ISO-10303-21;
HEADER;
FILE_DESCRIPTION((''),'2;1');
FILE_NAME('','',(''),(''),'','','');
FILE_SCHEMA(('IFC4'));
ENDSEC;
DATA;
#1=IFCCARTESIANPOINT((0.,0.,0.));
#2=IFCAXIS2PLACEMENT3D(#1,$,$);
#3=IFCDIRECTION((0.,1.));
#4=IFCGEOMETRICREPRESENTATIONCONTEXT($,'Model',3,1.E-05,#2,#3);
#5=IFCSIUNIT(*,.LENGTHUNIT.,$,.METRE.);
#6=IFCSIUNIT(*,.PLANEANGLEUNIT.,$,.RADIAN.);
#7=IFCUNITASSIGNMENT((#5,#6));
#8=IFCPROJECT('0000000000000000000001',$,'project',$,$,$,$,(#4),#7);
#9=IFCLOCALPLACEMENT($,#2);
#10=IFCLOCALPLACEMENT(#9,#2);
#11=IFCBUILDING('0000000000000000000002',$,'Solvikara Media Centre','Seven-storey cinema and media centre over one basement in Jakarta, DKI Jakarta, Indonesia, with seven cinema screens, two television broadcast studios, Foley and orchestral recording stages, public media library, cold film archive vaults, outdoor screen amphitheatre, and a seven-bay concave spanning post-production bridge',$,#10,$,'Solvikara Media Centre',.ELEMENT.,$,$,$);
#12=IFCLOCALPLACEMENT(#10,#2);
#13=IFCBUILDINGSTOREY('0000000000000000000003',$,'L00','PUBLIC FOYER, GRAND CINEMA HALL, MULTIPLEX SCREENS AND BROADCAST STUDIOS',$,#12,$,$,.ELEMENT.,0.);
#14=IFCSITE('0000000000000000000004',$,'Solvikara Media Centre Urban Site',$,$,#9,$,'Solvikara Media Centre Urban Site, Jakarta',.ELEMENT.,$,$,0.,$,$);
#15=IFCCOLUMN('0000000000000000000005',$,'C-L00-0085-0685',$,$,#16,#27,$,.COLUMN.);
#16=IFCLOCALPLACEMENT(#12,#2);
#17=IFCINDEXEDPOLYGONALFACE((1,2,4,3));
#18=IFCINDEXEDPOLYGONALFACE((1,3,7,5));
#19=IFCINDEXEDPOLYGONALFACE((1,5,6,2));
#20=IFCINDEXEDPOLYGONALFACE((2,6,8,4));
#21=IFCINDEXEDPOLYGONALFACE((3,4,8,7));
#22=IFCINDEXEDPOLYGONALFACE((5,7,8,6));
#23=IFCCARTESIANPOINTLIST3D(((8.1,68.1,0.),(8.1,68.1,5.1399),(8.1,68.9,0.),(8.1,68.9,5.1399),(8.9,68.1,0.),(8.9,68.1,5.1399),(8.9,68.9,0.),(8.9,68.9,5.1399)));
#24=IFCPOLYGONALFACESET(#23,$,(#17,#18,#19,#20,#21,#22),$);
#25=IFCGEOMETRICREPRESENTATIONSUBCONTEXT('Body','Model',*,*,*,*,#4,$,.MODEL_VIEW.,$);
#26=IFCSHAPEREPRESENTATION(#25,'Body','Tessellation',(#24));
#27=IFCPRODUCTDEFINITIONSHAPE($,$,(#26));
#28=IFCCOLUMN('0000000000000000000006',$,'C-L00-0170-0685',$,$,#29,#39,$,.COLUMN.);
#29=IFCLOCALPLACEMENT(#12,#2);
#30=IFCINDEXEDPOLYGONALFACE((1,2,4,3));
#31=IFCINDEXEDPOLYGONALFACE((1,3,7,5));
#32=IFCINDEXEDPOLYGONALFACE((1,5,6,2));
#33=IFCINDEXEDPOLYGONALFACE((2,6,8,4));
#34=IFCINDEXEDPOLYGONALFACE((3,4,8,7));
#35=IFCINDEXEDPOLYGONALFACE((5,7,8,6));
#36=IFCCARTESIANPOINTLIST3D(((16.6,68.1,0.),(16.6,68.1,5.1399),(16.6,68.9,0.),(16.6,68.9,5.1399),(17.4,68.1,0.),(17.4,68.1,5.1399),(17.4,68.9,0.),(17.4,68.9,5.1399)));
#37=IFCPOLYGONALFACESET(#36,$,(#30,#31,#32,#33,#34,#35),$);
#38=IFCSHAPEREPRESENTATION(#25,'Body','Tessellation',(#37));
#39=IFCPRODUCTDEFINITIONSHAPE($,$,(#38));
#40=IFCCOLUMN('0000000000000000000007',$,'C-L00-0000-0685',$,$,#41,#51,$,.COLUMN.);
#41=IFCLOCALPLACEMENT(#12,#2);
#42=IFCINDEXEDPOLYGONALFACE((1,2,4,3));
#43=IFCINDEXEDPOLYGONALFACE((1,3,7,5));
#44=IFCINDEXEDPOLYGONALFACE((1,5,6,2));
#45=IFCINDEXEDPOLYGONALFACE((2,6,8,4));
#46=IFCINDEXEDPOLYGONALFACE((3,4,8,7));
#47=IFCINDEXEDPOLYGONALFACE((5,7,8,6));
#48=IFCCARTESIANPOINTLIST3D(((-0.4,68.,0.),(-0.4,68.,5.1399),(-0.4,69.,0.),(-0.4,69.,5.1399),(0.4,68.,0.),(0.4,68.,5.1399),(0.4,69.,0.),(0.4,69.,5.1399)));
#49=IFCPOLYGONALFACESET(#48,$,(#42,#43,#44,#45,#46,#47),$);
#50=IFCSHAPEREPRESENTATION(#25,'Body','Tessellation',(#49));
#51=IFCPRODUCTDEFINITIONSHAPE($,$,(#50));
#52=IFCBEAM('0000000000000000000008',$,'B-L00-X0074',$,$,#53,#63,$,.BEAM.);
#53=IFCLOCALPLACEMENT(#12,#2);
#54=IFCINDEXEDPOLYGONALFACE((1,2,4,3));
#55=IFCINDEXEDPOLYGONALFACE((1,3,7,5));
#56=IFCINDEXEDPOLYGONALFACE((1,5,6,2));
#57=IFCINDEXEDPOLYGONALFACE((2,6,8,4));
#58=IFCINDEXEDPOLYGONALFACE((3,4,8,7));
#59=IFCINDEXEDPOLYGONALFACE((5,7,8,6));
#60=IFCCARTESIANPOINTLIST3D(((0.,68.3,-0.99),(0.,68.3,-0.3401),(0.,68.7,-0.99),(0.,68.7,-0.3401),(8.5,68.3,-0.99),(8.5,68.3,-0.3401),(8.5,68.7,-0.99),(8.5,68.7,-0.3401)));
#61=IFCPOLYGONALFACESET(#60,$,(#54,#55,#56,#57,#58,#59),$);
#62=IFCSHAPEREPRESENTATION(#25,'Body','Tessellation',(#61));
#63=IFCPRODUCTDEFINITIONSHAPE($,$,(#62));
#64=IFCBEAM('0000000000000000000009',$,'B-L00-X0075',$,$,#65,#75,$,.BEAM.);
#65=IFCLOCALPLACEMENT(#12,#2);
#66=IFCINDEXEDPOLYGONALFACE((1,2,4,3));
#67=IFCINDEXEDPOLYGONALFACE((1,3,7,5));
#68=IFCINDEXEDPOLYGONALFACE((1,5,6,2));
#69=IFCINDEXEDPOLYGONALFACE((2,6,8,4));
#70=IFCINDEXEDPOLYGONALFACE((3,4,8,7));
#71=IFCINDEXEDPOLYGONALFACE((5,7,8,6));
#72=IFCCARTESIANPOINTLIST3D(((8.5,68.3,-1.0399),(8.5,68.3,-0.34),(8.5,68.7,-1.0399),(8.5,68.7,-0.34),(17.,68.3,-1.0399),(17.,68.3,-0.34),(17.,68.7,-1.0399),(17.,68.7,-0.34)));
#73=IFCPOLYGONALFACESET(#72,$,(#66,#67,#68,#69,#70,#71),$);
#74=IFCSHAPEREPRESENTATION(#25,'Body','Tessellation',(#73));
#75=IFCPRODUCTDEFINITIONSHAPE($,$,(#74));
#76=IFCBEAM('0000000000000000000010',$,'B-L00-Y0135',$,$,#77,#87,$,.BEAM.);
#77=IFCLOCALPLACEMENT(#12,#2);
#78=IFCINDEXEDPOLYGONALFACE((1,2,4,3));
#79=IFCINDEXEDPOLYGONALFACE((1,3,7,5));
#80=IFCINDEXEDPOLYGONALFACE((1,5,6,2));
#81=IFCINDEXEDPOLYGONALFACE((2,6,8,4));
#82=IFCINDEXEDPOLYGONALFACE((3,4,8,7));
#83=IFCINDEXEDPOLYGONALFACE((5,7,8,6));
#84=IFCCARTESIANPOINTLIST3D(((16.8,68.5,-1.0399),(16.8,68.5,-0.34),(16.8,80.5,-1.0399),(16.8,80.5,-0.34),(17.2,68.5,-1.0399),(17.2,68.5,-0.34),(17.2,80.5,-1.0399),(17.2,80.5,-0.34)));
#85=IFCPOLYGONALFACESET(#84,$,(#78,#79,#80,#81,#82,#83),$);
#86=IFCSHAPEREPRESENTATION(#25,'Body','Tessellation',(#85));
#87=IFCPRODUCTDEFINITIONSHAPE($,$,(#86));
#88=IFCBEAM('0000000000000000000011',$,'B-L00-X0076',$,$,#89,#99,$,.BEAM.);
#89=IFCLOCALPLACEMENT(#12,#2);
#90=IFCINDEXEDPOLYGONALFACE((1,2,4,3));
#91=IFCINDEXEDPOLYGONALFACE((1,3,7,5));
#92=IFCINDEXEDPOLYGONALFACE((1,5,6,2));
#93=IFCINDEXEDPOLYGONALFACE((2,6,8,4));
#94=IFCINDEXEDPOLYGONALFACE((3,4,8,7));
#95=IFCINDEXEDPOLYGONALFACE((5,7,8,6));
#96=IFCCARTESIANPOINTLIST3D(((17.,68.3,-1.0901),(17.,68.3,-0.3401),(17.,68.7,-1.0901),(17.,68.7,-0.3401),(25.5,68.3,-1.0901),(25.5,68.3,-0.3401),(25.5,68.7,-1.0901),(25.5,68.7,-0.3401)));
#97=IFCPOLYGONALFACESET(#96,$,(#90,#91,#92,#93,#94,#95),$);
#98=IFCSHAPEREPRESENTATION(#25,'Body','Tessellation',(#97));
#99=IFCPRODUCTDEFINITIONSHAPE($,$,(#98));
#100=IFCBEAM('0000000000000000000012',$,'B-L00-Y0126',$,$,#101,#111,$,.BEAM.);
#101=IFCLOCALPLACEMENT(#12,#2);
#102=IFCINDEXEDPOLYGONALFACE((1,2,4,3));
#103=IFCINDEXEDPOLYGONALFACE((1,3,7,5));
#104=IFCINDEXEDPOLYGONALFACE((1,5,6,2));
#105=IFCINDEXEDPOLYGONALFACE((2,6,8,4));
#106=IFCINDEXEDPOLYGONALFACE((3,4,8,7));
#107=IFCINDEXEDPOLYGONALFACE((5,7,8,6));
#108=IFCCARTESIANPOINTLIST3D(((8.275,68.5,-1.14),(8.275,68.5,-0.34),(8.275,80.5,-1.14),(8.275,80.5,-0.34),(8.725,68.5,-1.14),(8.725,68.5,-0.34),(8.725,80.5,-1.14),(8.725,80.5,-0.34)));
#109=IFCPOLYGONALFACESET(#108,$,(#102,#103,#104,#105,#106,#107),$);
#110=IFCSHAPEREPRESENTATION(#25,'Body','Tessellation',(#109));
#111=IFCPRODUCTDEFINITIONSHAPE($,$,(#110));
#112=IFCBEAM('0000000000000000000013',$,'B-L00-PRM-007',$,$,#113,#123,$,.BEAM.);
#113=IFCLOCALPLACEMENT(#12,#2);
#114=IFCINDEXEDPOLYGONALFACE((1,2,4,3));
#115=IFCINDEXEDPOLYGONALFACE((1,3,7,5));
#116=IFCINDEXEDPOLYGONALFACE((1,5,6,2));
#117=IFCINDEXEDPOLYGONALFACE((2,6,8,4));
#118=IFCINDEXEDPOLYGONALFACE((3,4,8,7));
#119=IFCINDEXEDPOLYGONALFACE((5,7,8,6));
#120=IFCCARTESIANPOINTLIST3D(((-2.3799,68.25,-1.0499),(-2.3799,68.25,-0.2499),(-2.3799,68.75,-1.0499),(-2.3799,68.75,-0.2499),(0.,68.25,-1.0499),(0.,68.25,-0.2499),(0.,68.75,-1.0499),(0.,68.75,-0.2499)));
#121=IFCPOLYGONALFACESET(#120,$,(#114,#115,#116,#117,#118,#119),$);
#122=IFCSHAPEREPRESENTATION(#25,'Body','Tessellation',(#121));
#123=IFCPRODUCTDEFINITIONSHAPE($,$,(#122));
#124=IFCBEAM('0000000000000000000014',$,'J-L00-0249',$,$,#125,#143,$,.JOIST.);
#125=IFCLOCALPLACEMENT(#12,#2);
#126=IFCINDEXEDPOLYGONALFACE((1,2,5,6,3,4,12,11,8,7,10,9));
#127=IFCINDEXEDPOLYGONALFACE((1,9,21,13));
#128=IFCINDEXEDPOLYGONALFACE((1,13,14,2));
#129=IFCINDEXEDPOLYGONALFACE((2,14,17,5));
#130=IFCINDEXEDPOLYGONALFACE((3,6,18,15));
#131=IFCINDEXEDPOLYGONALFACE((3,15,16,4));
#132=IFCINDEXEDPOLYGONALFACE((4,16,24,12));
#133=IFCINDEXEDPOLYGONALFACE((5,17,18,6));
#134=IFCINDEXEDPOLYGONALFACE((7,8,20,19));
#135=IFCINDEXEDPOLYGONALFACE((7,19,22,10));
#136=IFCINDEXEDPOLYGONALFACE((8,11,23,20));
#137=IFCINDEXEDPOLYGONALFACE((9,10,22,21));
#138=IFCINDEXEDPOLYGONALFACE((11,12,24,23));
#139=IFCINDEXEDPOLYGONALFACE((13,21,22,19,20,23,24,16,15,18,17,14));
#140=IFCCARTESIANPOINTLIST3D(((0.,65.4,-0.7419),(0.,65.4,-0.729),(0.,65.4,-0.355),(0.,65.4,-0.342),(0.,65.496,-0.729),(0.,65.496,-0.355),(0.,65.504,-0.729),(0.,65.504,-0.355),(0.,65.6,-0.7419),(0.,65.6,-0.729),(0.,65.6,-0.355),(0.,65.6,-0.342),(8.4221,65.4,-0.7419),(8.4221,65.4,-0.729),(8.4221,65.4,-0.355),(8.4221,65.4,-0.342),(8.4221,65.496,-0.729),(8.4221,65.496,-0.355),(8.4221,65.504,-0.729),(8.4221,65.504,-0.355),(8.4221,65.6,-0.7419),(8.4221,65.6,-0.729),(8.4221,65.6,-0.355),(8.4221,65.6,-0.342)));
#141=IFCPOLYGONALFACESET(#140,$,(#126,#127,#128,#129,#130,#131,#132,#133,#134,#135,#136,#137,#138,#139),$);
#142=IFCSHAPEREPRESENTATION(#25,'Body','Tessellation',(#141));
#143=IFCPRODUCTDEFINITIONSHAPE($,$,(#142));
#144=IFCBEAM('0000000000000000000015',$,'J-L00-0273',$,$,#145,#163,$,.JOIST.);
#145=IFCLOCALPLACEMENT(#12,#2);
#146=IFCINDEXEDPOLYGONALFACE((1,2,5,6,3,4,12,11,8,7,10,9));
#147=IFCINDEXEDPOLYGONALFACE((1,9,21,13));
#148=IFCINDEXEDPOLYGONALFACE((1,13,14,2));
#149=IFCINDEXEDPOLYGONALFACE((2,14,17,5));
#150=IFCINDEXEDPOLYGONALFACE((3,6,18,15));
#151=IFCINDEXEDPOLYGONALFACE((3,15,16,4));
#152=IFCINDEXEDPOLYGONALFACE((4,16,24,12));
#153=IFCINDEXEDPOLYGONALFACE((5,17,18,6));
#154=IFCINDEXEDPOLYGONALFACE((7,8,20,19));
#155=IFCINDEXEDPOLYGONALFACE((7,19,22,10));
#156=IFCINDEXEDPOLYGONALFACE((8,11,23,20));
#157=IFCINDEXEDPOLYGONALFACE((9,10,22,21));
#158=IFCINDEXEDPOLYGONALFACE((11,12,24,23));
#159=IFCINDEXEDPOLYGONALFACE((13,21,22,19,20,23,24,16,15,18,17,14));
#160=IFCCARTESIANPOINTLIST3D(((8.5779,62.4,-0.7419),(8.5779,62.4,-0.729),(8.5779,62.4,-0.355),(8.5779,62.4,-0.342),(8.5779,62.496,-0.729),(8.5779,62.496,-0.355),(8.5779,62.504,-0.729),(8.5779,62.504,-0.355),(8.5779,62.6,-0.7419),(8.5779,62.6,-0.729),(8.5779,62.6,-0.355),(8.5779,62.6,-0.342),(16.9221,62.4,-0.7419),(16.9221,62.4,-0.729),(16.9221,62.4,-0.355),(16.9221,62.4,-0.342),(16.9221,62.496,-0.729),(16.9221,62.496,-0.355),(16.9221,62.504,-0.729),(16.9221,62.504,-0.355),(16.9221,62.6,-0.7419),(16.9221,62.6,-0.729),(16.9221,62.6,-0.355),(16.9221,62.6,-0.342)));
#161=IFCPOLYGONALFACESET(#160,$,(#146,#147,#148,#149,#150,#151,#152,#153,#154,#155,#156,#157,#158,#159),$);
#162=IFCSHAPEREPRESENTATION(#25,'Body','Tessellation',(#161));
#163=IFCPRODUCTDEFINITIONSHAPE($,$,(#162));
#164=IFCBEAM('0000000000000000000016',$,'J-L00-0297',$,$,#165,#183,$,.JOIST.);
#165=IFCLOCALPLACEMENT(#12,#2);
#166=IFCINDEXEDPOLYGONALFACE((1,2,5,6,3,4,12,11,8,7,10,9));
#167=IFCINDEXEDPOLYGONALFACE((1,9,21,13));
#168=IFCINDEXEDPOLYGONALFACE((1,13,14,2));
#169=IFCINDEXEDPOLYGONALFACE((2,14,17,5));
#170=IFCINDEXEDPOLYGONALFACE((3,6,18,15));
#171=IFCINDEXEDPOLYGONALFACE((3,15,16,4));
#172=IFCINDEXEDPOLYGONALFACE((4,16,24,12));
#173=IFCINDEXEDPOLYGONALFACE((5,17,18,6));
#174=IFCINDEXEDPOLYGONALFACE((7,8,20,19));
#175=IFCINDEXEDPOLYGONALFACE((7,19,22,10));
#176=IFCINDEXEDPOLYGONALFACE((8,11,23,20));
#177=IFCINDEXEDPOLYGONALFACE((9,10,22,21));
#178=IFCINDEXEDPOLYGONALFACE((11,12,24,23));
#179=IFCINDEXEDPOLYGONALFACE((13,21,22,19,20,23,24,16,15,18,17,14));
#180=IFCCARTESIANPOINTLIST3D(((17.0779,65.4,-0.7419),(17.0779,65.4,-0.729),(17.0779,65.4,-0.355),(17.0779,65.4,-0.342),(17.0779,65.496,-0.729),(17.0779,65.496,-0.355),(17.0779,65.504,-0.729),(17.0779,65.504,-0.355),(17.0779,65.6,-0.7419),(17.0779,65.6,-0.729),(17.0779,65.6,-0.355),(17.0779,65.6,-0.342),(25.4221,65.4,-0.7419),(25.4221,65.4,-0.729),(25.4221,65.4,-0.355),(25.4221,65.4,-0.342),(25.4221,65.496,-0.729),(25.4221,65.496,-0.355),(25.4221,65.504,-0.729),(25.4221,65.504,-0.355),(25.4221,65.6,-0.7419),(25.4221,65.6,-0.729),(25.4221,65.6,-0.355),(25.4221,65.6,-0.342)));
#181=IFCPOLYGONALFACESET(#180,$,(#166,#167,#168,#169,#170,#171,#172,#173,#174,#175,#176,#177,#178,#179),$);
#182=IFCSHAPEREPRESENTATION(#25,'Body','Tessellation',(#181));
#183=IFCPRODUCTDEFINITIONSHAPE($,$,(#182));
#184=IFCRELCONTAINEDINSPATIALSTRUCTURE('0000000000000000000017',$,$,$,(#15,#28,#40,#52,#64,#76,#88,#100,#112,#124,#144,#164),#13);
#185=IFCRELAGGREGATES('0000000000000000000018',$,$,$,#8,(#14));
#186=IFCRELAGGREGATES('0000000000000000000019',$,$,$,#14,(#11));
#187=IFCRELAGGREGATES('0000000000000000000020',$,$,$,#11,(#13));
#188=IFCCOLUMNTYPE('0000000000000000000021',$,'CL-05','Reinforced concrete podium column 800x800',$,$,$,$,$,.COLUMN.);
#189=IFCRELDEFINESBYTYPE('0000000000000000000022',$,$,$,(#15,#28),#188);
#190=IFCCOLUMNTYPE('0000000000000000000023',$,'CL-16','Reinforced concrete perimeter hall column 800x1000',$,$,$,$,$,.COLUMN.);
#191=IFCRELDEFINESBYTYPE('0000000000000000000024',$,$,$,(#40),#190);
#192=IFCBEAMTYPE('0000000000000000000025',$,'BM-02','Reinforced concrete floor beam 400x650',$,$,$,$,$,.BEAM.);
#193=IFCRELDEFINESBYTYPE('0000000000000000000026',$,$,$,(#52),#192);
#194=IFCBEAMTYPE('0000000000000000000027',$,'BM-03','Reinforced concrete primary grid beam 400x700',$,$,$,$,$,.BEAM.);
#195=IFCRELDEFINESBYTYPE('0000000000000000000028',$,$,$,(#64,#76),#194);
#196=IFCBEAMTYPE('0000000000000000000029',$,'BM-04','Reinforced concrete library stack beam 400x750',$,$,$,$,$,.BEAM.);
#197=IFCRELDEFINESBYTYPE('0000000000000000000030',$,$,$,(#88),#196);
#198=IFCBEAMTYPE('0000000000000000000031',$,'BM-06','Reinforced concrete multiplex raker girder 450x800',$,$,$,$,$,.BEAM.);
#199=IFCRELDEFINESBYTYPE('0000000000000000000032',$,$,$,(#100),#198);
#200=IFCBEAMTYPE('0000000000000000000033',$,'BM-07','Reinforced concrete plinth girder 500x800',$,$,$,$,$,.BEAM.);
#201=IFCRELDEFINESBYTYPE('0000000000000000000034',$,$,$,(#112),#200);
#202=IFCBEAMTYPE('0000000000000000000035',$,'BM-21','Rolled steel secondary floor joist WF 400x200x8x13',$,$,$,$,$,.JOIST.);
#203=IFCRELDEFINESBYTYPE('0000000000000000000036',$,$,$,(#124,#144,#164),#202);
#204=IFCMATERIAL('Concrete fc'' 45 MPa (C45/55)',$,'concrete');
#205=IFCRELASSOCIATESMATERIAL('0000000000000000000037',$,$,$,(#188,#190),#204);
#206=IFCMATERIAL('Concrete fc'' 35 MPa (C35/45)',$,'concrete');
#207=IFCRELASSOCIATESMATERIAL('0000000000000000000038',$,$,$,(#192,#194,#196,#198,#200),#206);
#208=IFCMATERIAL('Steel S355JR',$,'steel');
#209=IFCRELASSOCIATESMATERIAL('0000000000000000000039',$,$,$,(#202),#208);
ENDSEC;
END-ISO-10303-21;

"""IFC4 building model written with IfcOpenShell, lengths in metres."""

from ifc_helpers import new_model, si_unit, direction, frame, origin, origin_2d, place, context, subcontext, project, spatial, rectangle, i_section, extrude, material, material_profile, profile_set, type_object, element, save


model = new_model("IFC4")

# Units and contexts
model_context = context("Model", 3, precision=1e-05, world=origin(), true_north=direction((0.0, 1.0)))
body_context = subcontext(model_context, "Body", "Model", "MODEL_VIEW")
ifc_project = project(units=[si_unit("LENGTHUNIT", "METRE"), si_unit("PLANEANGLEUNIT", "RADIAN")], contexts=[model_context])

# Site, building, storey
site_placement = place(None, origin())
site = spatial("IfcSite", under=ifc_project, at=site_placement, Name="Solvikara Media Centre Urban Site", LongName="Solvikara Media Centre Urban Site, Jakarta", CompositionType="ELEMENT", RefElevation=0.0)
building_placement = place(site_placement, origin())
building = spatial("IfcBuilding", under=site, at=building_placement, Name="Solvikara Media Centre", Description="Seven-storey cinema and media centre over one basement in Jakarta, DKI Jakarta, Indonesia, with seven cinema screens, two television broadcast studios, Foley and orchestral recording stages, public media library, cold film archive vaults, outdoor screen amphitheatre, and a seven-bay concave spanning post-production bridge", LongName="Solvikara Media Centre", CompositionType="ELEMENT")
storey_placement = place(building_placement, origin())
storey = spatial("IfcBuildingStorey", under=building, at=storey_placement, Name="L00", Description="PUBLIC FOYER, GRAND CINEMA HALL, MULTIPLEX SCREENS AND BROADCAST STUDIOS", CompositionType="ELEMENT", Elevation=0.0)

# Columns
ifc_material_1 = material(Name="Concrete fc' 45 MPa (C45/55)", Category="concrete")
ifc_material_profile_1 = material_profile(ifc_material_1, rectangle(XDim=0.8, YDim=0.8, at=origin_2d()), Name="RC 800x800")
ifc_profile_set_1 = profile_set([ifc_material_profile_1], Name="Concrete fc' 45 MPa (C45/55)")
column_type_1 = type_object("IfcColumnType", Name="CL-05", Description="Reinforced concrete podium column 800x800", PredefinedType="COLUMN", material=ifc_profile_set_1)
for number, where, z_axis, x_axis, name in (
    (1, (8.5, 68.5, 0.0), (0.0, 0.0, 1.0), (1.0, 0.0, 0.0), "C-L00-0085-0685"),
    (2, (17.0, 68.5, 0.0), (0.0, 0.0, 1.0), (1.0, 0.0, 0.0), "C-L00-0170-0685"),
):
    element("IfcColumn", number, at=place(storey_placement, frame(where, z_axis=z_axis, x_axis=x_axis)), inside=storey, type_object=column_type_1, Name=name, PredefinedType="COLUMN", context=body_context, shape_type="SweptSolid", body=[
        extrude(rectangle(XDim=0.8, YDim=0.8, at=origin_2d()), origin(), (0.0, 0.0, 1.0), 5.1399),
    ])
ifc_material_profile_2 = material_profile(ifc_material_1, rectangle(XDim=0.8, YDim=1.0, at=origin_2d()), Name="RC 800x1000")
ifc_profile_set_2 = profile_set([ifc_material_profile_2], Name="Concrete fc' 45 MPa (C45/55)")
column_type_2 = type_object("IfcColumnType", Name="CL-16", Description="Reinforced concrete perimeter hall column 800x1000", PredefinedType="COLUMN", material=ifc_profile_set_2)
column_placement = place(storey_placement, frame((0.0, 68.5, 0.0), z_axis=(0.0, 0.0, 1.0), x_axis=(1.0, 0.0, 0.0)))
element("IfcColumn", 3, at=column_placement, inside=storey, type_object=column_type_2, Name="C-L00-0000-0685", PredefinedType="COLUMN", context=body_context, shape_type="SweptSolid", body=[
    extrude(rectangle(XDim=0.8, YDim=1.0, at=origin_2d()), origin(), (0.0, 0.0, 1.0), 5.1399),
])

# Beams
ifc_material_2 = material(Name="Concrete fc' 35 MPa (C35/45)", Category="concrete")
ifc_material_profile_3 = material_profile(ifc_material_2, rectangle(XDim=0.3999, YDim=0.6499, at=origin_2d()), Name="RC 400x650")
ifc_profile_set_3 = profile_set([ifc_material_profile_3], Name="Concrete fc' 35 MPa (C35/45)")
beam_type_1 = type_object("IfcBeamType", Name="BM-02", Description="Reinforced concrete floor beam 400x650", PredefinedType="BEAM", material=ifc_profile_set_3)
beam_1_placement = place(storey_placement, frame((0.0, 68.5, -0.665), z_axis=(1.0, 0.0, 0.0), x_axis=(0.0, 1.0, 0.0)))
element("IfcBeam", 4, at=beam_1_placement, inside=storey, type_object=beam_type_1, Name="B-L00-X0074", PredefinedType="BEAM", context=body_context, shape_type="SweptSolid", body=[
    extrude(rectangle(XDim=0.3999, YDim=0.6499, at=origin_2d()), origin(), (0.0, 0.0, 1.0), 8.5),
])
ifc_material_profile_4 = material_profile(ifc_material_2, rectangle(XDim=0.3999, YDim=0.7, at=origin_2d()), Name="RC 400x700")
ifc_profile_set_4 = profile_set([ifc_material_profile_4], Name="Concrete fc' 35 MPa (C35/45)")
beam_type_2 = type_object("IfcBeamType", Name="BM-03", Description="Reinforced concrete primary grid beam 400x700", PredefinedType="BEAM", material=ifc_profile_set_4)
beam_2_placement = place(storey_placement, frame((8.5, 68.5, -0.6899), z_axis=(1.0, 0.0, 0.0), x_axis=(0.0, 1.0, 0.0)))
element("IfcBeam", 5, at=beam_2_placement, inside=storey, type_object=beam_type_2, Name="B-L00-X0075", PredefinedType="BEAM", context=body_context, shape_type="SweptSolid", body=[
    extrude(rectangle(XDim=0.3999, YDim=0.7, at=origin_2d()), origin(), (0.0, 0.0, 1.0), 8.5),
])
beam_3_placement = place(storey_placement, frame((17.0, 68.5, -0.6899), z_axis=(0.0, 1.0, 0.0), x_axis=(-1.0, 0.0, 0.0)))
element("IfcBeam", 6, at=beam_3_placement, inside=storey, type_object=beam_type_2, Name="B-L00-Y0135", PredefinedType="BEAM", context=body_context, shape_type="SweptSolid", body=[
    extrude(rectangle(XDim=0.3999, YDim=0.7, at=origin_2d()), origin(), (0.0, 0.0, 1.0), 12.0),
])
ifc_material_profile_5 = material_profile(ifc_material_2, rectangle(XDim=0.3999, YDim=0.75, at=origin_2d()), Name="RC 400x750")
ifc_profile_set_5 = profile_set([ifc_material_profile_5], Name="Concrete fc' 35 MPa (C35/45)")
beam_type_3 = type_object("IfcBeamType", Name="BM-04", Description="Reinforced concrete library stack beam 400x750", PredefinedType="BEAM", material=ifc_profile_set_5)
beam_4_placement = place(storey_placement, frame((17.0, 68.5, -0.7151), z_axis=(1.0, 0.0, 0.0), x_axis=(0.0, 1.0, 0.0)))
element("IfcBeam", 7, at=beam_4_placement, inside=storey, type_object=beam_type_3, Name="B-L00-X0076", PredefinedType="BEAM", context=body_context, shape_type="SweptSolid", body=[
    extrude(rectangle(XDim=0.3999, YDim=0.75, at=origin_2d()), origin(), (0.0, 0.0, 1.0), 8.5),
])
ifc_material_profile_6 = material_profile(ifc_material_2, rectangle(XDim=0.45, YDim=0.8, at=origin_2d()), Name="RC 450x800")
ifc_profile_set_6 = profile_set([ifc_material_profile_6], Name="Concrete fc' 35 MPa (C35/45)")
beam_type_4 = type_object("IfcBeamType", Name="BM-06", Description="Reinforced concrete multiplex raker girder 450x800", PredefinedType="BEAM", material=ifc_profile_set_6)
beam_5_placement = place(storey_placement, frame((8.5, 68.5, -0.74), z_axis=(0.0, 1.0, 0.0), x_axis=(-1.0, 0.0, 0.0)))
element("IfcBeam", 8, at=beam_5_placement, inside=storey, type_object=beam_type_4, Name="B-L00-Y0126", PredefinedType="BEAM", context=body_context, shape_type="SweptSolid", body=[
    extrude(rectangle(XDim=0.45, YDim=0.8, at=origin_2d()), origin(), (0.0, 0.0, 1.0), 12.0),
])
ifc_material_profile_7 = material_profile(ifc_material_2, rectangle(XDim=0.5, YDim=0.8, at=origin_2d()), Name="RC 500x800")
ifc_profile_set_7 = profile_set([ifc_material_profile_7], Name="Concrete fc' 35 MPa (C35/45)")
beam_type_5 = type_object("IfcBeamType", Name="BM-07", Description="Reinforced concrete plinth girder 500x800", PredefinedType="BEAM", material=ifc_profile_set_7)
beam_6_placement = place(storey_placement, frame((-2.3799, 68.5, -0.6499), z_axis=(1.0, 0.0, 0.0), x_axis=(0.0, 1.0, 0.0)))
element("IfcBeam", 9, at=beam_6_placement, inside=storey, type_object=beam_type_5, Name="B-L00-PRM-007", PredefinedType="BEAM", context=body_context, shape_type="SweptSolid", body=[
    extrude(rectangle(XDim=0.5, YDim=0.8, at=origin_2d()), origin(), (0.0, 0.0, 1.0), 2.3799),
])
ifc_material_3 = material(Name="Steel S355JR", Category="steel")
ifc_material_profile_8 = material_profile(ifc_material_3, i_section(OverallWidth=0.2, OverallDepth=0.3999, WebThickness=0.0081, FlangeThickness=0.0129, at=origin_2d()), Name="WF 400x200x8x13")
ifc_profile_set_8 = profile_set([ifc_material_profile_8], Name="Steel S355JR")
beam_type_6 = type_object("IfcBeamType", Name="BM-21", Description="Rolled steel secondary floor joist WF 400x200x8x13", PredefinedType="JOIST", material=ifc_profile_set_8)
beam_7_placement = place(storey_placement, frame((0.0, 65.5, -0.542), z_axis=(1.0, 0.0, 0.0), x_axis=(0.0, 1.0, 0.0)))
element("IfcBeam", 10, at=beam_7_placement, inside=storey, type_object=beam_type_6, Name="J-L00-0249", PredefinedType="JOIST", context=body_context, shape_type="SweptSolid", body=[
    extrude(i_section(OverallWidth=0.2, OverallDepth=0.3999, WebThickness=0.0081, FlangeThickness=0.0129, at=origin_2d()), origin(), (0.0, 0.0, 1.0), 8.4221),
])
for number, where, z_axis, x_axis, name in (
    (11, (8.5779, 62.5, -0.542), (1.0, 0.0, 0.0), (0.0, 1.0, 0.0), "J-L00-0273"),
    (12, (17.0779, 65.5, -0.542), (1.0, 0.0, 0.0), (0.0, 1.0, 0.0), "J-L00-0297"),
):
    element("IfcBeam", number, at=place(storey_placement, frame(where, z_axis=z_axis, x_axis=x_axis)), inside=storey, type_object=beam_type_6, Name=name, PredefinedType="JOIST", context=body_context, shape_type="SweptSolid", body=[
        extrude(i_section(OverallWidth=0.2, OverallDepth=0.3999, WebThickness=0.0081, FlangeThickness=0.0129, at=origin_2d()), origin(), (0.0, 0.0, 1.0), 8.3442),
    ])

save(model, "model.ifc")
